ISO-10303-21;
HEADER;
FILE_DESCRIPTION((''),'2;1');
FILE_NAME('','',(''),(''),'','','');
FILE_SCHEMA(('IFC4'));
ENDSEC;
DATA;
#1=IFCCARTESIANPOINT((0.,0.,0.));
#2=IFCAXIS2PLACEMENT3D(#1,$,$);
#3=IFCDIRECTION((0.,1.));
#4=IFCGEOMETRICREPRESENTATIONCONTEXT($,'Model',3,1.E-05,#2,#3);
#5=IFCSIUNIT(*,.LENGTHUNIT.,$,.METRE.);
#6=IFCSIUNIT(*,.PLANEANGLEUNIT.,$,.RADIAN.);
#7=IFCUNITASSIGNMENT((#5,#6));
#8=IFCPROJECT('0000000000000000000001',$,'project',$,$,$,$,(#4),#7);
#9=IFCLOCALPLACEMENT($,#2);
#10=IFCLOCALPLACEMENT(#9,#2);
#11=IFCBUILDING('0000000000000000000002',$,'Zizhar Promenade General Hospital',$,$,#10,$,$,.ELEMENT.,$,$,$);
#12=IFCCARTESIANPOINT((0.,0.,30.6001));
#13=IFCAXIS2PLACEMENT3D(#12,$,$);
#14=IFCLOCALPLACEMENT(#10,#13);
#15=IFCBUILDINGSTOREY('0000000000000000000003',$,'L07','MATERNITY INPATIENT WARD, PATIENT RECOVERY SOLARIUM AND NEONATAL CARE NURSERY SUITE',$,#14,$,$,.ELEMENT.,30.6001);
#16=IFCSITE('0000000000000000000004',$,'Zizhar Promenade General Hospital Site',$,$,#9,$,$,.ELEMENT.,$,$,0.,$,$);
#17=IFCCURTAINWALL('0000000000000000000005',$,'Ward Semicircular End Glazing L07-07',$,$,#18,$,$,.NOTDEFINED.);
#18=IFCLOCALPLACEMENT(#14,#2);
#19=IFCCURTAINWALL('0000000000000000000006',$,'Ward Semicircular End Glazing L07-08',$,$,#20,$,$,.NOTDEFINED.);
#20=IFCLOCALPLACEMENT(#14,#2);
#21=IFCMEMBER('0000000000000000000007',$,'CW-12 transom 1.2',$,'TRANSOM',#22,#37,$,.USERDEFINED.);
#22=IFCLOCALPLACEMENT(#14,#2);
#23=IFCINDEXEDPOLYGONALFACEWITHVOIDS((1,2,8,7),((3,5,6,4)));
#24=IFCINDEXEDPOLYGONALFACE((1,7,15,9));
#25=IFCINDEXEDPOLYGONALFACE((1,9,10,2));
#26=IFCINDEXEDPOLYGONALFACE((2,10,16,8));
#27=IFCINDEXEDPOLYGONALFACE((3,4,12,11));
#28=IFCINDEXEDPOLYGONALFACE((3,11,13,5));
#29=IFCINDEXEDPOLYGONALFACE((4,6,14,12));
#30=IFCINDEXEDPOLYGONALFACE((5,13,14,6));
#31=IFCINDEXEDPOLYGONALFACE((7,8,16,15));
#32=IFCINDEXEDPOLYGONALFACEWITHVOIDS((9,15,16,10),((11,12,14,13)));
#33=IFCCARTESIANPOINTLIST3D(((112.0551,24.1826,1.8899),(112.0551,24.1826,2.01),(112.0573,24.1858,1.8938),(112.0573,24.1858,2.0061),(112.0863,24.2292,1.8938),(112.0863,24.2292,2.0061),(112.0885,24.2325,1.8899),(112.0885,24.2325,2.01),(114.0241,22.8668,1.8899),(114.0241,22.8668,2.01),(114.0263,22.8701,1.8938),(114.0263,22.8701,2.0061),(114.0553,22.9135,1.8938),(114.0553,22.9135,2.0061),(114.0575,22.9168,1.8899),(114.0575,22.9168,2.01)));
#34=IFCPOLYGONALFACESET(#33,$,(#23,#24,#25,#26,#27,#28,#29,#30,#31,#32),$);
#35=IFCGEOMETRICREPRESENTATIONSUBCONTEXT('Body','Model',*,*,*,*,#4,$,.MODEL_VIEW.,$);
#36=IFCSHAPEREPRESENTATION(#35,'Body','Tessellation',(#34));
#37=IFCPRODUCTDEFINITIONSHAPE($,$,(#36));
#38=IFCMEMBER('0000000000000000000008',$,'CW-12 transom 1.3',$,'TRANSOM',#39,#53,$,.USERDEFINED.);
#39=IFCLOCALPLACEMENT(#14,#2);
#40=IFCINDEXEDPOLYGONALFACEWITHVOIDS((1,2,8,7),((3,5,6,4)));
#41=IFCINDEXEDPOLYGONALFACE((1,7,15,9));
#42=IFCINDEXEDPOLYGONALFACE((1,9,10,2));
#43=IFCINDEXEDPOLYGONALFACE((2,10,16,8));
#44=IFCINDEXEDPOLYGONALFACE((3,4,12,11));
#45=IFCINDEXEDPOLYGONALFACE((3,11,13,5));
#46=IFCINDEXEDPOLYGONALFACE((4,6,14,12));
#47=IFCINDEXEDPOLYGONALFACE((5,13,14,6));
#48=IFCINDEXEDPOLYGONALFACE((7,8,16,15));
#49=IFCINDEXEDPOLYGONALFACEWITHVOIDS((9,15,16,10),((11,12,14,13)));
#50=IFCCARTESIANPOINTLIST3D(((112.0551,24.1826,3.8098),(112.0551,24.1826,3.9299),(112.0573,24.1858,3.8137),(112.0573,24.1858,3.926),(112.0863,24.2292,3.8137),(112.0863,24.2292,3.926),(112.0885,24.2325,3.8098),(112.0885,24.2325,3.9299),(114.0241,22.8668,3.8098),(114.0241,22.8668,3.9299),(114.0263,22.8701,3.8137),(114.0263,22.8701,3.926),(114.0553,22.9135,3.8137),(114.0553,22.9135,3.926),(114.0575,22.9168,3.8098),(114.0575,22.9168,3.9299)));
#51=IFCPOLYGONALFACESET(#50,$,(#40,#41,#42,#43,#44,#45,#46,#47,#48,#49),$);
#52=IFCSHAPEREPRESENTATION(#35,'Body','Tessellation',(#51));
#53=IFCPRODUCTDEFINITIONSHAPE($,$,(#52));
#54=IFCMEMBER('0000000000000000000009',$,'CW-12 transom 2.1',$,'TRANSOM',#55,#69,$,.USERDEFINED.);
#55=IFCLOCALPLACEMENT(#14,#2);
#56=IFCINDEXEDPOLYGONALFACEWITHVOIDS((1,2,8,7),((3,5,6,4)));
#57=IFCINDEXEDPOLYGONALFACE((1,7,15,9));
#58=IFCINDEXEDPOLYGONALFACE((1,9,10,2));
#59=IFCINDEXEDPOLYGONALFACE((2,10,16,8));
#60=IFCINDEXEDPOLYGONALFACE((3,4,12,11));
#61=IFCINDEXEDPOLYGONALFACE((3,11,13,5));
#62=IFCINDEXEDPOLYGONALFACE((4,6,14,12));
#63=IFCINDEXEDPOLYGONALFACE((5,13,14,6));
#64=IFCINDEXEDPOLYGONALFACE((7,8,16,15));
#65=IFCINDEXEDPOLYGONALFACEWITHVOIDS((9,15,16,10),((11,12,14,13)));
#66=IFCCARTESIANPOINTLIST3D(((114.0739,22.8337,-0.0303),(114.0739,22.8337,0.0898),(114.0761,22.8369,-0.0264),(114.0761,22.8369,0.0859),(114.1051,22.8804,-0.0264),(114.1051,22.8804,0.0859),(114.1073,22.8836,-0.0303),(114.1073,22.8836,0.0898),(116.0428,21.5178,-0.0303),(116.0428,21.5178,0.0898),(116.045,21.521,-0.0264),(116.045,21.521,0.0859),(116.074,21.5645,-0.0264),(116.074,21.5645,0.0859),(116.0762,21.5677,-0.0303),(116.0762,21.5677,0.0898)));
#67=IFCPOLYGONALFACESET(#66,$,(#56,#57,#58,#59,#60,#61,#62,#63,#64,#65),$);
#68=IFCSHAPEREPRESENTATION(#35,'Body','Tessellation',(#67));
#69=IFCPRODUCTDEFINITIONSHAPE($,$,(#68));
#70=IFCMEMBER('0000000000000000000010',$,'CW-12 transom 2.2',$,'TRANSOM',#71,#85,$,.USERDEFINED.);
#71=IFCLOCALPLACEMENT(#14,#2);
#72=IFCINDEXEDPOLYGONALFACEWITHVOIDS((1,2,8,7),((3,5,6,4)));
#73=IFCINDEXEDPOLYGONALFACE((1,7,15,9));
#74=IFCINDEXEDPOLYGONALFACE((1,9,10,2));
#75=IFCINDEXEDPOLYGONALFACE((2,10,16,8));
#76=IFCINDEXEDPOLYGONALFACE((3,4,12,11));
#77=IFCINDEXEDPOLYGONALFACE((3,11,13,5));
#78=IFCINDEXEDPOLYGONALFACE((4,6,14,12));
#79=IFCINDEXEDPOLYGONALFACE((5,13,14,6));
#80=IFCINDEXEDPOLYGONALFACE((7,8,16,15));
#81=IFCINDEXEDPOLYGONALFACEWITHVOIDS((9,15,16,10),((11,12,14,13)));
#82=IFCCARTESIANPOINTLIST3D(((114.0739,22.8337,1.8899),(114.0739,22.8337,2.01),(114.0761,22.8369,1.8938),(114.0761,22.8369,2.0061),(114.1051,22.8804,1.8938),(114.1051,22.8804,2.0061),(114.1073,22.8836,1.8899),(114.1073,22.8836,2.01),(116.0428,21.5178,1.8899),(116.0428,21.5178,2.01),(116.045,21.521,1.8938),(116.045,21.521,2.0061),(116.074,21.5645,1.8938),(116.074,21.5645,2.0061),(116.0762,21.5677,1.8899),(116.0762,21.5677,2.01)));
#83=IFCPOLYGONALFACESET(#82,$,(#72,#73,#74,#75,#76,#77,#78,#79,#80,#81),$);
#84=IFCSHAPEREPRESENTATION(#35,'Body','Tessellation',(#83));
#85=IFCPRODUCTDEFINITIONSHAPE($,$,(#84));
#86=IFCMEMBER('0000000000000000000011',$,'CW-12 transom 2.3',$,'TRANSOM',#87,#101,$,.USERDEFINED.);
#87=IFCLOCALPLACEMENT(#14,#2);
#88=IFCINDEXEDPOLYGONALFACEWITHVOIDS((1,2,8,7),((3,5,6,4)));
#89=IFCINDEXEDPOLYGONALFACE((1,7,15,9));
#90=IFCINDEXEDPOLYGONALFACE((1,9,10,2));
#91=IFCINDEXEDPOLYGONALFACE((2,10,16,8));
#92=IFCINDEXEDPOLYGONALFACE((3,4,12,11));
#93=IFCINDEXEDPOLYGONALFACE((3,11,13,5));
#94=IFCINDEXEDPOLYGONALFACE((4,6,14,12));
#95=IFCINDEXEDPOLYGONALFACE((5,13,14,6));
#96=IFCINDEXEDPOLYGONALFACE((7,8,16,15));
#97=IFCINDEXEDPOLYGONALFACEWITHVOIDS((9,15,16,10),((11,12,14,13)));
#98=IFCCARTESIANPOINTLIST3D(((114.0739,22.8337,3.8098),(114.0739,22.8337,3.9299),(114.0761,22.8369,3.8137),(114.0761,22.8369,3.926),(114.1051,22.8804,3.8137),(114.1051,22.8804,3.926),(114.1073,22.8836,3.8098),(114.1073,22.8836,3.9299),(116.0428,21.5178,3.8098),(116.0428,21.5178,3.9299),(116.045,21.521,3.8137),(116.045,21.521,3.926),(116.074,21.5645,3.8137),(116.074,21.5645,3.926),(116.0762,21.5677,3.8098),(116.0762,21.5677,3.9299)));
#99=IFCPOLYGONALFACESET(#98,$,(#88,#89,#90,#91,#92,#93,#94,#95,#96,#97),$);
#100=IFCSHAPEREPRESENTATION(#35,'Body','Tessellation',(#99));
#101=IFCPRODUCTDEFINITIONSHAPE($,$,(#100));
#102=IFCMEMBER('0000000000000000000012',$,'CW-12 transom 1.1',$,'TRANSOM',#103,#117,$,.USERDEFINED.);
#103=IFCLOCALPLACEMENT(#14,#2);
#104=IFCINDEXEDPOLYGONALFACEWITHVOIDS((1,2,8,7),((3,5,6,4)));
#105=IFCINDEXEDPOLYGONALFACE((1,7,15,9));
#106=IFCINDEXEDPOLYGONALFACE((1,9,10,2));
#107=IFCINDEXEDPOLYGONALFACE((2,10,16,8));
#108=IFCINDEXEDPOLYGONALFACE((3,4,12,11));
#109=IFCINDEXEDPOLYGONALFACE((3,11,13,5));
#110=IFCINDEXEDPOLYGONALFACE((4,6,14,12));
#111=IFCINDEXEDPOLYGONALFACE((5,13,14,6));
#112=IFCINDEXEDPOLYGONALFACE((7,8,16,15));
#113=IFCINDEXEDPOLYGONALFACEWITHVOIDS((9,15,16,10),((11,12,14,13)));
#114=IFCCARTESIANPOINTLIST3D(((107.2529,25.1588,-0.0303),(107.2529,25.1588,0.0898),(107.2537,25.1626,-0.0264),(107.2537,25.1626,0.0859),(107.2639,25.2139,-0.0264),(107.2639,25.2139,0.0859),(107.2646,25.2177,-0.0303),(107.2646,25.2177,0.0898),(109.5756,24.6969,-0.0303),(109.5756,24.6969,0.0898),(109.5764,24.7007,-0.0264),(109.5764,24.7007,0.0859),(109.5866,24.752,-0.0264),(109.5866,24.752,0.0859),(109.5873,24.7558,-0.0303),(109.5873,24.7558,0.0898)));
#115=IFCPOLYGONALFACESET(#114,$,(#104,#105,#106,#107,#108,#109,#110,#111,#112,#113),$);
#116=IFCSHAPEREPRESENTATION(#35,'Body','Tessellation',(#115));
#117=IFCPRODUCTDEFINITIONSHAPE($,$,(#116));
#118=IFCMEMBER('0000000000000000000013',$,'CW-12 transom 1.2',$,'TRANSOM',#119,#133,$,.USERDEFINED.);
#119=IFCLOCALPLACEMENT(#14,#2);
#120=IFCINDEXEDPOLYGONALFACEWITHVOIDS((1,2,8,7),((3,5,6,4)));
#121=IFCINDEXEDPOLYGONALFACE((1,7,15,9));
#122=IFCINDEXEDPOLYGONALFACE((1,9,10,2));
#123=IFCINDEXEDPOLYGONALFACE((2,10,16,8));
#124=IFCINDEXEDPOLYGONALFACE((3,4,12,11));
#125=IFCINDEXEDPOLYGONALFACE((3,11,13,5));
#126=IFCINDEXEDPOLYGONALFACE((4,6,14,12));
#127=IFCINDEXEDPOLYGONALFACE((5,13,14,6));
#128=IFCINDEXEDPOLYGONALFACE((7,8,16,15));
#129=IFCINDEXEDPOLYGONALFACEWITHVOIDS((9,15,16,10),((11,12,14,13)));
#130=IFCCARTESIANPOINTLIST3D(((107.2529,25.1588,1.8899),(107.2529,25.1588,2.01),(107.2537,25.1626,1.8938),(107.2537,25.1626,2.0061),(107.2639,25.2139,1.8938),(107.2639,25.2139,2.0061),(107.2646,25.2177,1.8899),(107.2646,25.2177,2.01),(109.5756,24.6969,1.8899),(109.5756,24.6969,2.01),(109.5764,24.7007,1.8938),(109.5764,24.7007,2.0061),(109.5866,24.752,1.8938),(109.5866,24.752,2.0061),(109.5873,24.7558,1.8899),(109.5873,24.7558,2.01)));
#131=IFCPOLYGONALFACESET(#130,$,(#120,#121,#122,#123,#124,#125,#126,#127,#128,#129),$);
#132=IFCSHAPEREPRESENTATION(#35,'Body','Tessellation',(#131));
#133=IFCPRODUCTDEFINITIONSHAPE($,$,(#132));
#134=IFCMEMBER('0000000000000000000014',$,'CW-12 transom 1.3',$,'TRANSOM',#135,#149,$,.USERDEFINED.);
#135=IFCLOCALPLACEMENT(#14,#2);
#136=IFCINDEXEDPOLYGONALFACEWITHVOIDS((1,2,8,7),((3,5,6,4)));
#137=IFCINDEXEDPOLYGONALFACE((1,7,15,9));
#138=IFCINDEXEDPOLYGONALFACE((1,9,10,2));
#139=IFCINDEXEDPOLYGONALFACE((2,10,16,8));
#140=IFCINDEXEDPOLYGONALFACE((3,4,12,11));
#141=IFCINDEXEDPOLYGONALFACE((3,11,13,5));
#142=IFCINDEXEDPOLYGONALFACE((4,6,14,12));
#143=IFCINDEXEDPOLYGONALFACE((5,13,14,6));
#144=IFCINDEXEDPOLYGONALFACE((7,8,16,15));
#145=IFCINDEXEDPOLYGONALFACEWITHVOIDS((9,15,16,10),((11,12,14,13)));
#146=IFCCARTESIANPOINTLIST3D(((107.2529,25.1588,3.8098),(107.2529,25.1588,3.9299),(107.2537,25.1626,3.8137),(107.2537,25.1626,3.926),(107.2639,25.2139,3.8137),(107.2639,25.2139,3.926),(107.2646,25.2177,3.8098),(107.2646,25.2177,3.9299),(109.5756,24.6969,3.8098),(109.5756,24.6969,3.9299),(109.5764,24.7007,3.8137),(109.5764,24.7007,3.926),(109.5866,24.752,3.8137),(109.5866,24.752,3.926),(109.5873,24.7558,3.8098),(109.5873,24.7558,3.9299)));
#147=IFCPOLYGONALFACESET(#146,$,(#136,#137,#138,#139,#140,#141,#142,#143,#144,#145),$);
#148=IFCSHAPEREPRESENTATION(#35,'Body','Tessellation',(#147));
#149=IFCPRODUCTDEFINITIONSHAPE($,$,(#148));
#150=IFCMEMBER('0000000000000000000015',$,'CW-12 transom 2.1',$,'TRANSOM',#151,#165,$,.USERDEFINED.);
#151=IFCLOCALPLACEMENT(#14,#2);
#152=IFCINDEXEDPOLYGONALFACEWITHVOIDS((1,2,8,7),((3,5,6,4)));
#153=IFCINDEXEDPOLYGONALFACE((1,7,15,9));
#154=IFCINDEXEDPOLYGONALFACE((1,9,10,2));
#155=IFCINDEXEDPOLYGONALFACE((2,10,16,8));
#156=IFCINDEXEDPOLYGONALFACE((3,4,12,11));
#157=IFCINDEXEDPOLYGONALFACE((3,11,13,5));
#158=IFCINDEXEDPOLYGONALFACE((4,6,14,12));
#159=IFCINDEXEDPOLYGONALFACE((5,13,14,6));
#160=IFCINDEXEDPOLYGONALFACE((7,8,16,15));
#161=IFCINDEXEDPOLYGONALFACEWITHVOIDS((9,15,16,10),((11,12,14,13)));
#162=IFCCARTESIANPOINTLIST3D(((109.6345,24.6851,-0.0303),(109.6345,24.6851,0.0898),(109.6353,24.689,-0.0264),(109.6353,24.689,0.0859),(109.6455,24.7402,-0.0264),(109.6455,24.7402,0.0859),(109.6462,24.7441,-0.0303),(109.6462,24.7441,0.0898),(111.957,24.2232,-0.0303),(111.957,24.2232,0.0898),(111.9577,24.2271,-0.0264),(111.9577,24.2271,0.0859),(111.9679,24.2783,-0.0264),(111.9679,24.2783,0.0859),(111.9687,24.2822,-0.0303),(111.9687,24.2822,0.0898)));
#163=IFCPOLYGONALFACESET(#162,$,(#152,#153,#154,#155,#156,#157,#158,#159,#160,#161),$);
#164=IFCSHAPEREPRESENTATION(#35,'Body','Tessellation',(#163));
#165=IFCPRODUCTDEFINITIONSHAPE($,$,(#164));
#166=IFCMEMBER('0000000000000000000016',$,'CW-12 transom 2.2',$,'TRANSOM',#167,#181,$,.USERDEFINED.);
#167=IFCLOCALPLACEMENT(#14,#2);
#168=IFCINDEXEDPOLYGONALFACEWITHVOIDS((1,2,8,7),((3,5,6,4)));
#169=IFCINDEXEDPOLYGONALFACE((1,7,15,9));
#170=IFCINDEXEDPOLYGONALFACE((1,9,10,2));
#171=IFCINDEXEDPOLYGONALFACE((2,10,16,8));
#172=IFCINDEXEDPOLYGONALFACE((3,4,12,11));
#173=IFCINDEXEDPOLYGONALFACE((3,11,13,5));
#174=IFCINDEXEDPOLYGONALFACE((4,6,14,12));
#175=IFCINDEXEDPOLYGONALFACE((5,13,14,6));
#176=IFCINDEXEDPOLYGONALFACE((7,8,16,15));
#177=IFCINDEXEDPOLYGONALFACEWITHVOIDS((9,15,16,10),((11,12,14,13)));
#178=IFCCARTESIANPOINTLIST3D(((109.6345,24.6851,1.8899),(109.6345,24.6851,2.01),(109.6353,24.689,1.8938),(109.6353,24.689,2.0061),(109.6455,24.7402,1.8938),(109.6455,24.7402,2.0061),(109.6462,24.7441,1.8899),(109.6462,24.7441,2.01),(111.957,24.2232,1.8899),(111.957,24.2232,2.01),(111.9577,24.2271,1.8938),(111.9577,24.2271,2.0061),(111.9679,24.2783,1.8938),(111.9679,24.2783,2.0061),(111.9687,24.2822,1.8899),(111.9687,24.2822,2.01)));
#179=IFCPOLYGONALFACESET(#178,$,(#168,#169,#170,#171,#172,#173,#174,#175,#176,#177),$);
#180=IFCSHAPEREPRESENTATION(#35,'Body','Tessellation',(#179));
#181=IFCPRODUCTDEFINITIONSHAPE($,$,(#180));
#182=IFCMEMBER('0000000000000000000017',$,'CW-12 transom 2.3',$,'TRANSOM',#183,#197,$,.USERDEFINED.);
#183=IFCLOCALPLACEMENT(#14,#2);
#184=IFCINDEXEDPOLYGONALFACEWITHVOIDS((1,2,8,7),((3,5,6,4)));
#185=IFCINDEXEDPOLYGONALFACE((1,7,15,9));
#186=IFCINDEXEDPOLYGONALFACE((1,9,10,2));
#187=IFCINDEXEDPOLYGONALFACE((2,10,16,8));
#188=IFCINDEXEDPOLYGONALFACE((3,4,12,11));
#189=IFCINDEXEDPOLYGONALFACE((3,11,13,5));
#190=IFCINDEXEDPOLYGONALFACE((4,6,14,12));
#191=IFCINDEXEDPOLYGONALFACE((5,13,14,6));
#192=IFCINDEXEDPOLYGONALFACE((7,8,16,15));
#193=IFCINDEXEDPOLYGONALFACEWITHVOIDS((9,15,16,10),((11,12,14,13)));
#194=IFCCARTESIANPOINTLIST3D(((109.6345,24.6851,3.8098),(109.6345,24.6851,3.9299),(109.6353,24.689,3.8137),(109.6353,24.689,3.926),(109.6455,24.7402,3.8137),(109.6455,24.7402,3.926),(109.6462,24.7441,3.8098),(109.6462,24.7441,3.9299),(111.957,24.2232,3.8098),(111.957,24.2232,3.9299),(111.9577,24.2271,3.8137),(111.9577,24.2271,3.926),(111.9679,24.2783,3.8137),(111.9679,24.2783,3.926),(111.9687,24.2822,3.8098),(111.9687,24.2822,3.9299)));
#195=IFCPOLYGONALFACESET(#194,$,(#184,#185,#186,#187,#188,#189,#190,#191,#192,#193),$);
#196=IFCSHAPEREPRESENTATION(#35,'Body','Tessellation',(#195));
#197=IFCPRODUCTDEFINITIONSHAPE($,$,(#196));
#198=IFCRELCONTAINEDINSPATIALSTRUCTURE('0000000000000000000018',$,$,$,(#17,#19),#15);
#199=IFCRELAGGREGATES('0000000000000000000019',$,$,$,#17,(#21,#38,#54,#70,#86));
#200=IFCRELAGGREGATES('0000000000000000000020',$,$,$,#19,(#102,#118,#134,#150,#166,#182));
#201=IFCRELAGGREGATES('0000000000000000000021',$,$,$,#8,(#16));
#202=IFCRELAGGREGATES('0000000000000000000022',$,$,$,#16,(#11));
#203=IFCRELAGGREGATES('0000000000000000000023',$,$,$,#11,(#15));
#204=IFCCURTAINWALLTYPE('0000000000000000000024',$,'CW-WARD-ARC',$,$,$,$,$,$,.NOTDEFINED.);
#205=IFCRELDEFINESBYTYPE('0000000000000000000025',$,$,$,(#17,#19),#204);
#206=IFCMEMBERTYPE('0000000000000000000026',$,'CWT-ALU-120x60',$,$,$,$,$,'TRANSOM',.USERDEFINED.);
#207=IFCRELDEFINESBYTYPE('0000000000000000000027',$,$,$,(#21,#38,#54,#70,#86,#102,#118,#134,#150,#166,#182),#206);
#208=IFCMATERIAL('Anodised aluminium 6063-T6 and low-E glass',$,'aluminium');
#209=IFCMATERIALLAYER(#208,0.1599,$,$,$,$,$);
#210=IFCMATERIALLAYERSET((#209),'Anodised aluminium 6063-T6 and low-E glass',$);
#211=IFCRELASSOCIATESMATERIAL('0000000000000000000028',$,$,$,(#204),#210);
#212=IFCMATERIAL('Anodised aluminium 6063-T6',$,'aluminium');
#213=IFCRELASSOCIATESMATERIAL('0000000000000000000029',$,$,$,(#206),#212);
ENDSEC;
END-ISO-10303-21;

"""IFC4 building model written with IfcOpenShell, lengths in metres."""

from ifc_helpers import new_model, si_unit, direction, frame, origin, origin_2d, place, context, subcontext, project, spatial, hollow_rectangle, extrude, material, layer, layer_set, material_profile, profile_set, type_object, element, aggregate, save


model = new_model("IFC4")

# Units and contexts
model_context = context("Model", 3, precision=1e-05, world=origin(), true_north=direction((0.0, 1.0)))
body_context = subcontext(model_context, "Body", "Model", "MODEL_VIEW")
ifc_project = project(units=[si_unit("LENGTHUNIT", "METRE"), si_unit("PLANEANGLEUNIT", "RADIAN")], contexts=[model_context])

# Site, building, storey
site_placement = place(None, origin())
site = spatial("IfcSite", under=ifc_project, at=site_placement, Name="Zizhar Promenade General Hospital Site", CompositionType="ELEMENT", RefElevation=0.0)
building_placement = place(site_placement, origin())
building = spatial("IfcBuilding", under=site, at=building_placement, Name="Zizhar Promenade General Hospital", CompositionType="ELEMENT")
storey_placement = place(building_placement, frame((0.0, 0.0, 30.6001)))
storey = spatial("IfcBuildingStorey", under=building, at=storey_placement, Name="L07", Description="MATERNITY INPATIENT WARD, PATIENT RECOVERY SOLARIUM AND NEONATAL CARE NURSERY SUITE", CompositionType="ELEMENT", Elevation=30.6001)

# Curtain walls
ifc_material_1 = material(Name="Anodised aluminium 6063-T6 and low-E glass", Category="aluminium")
ifc_layer_1 = layer(ifc_material_1, 0.1599)
ifc_layer_set_1 = layer_set([ifc_layer_1], Name="Anodised aluminium 6063-T6 and low-E glass")
curtain_wall_type_1 = type_object("IfcCurtainWallType", Name="CW-WARD-ARC", PredefinedType="NOTDEFINED", material=ifc_layer_set_1)
curtain_wall_1_placement = place(storey_placement, origin())
curtain_wall_1 = element("IfcCurtainWall", 1, at=curtain_wall_1_placement, inside=storey, type_object=curtain_wall_type_1, Name="Ward Semicircular End Glazing L07-07", PredefinedType="NOTDEFINED")
curtain_wall_2_placement = place(storey_placement, origin())
curtain_wall_2 = element("IfcCurtainWall", 2, at=curtain_wall_2_placement, inside=storey, type_object=curtain_wall_type_1, Name="Ward Semicircular End Glazing L07-08", PredefinedType="NOTDEFINED")

# Members
ifc_material_2 = material(Name="Anodised aluminium 6063-T6", Category="aluminium")
ifc_material_profile_1 = material_profile(ifc_material_2, hollow_rectangle(XDim=0.0601, YDim=0.1201, WallThickness=0.0039, at=origin_2d()))
ifc_profile_set_1 = profile_set([ifc_material_profile_1], Name="Anodised aluminium 6063-T6")
member_type_1 = type_object("IfcMemberType", Name="CWT-ALU-120x60", ElementType="TRANSOM", PredefinedType="USERDEFINED", material=ifc_profile_set_1)
member_1_placement = place(storey_placement, frame((112.0718, 24.2075, 1.95), z_axis=(0.831463, -0.55558, 0.0), x_axis=(0.55558, 0.831463, 0.0)))
member_1 = element("IfcMember", 3, at=member_1_placement, type_object=member_type_1, Name="CW-12 transom 1.2", ObjectType="TRANSOM", PredefinedType="USERDEFINED", context=body_context, shape_type="SweptSolid", body=[
    extrude(hollow_rectangle(XDim=0.0601, YDim=0.1201, WallThickness=0.0039, at=origin_2d()), origin(), (0.0, 0.0, 1.0), 2.3682),
])
member_2_placement = place(storey_placement, frame((112.0718, 24.2075, 3.8699), z_axis=(0.831463, -0.55558, 0.0), x_axis=(0.55558, 0.831463, 0.0)))
member_2 = element("IfcMember", 4, at=member_2_placement, type_object=member_type_1, Name="CW-12 transom 1.3", ObjectType="TRANSOM", PredefinedType="USERDEFINED", context=body_context, shape_type="SweptSolid", body=[
    extrude(hollow_rectangle(XDim=0.0601, YDim=0.1201, WallThickness=0.0039, at=origin_2d()), origin(), (0.0, 0.0, 1.0), 2.3682),
])
member_3_placement = place(storey_placement, frame((114.0906, 22.8586, 0.0298), z_axis=(0.831415, -0.555651, 0.0), x_axis=(0.555651, 0.831415, 0.0)))
member_3 = element("IfcMember", 5, at=member_3_placement, type_object=member_type_1, Name="CW-12 transom 2.1", ObjectType="TRANSOM", PredefinedType="USERDEFINED", context=body_context, shape_type="SweptSolid", body=[
    extrude(hollow_rectangle(XDim=0.0601, YDim=0.1201, WallThickness=0.0039, at=origin_2d()), origin(), (0.0, 0.0, 1.0), 2.3682),
])
member_4_placement = place(storey_placement, frame((114.0906, 22.8586, 1.95), z_axis=(0.831415, -0.555651, 0.0), x_axis=(0.555651, 0.831415, 0.0)))
member_4 = element("IfcMember", 6, at=member_4_placement, type_object=member_type_1, Name="CW-12 transom 2.2", ObjectType="TRANSOM", PredefinedType="USERDEFINED", context=body_context, shape_type="SweptSolid", body=[
    extrude(hollow_rectangle(XDim=0.0601, YDim=0.1201, WallThickness=0.0039, at=origin_2d()), origin(), (0.0, 0.0, 1.0), 2.3682),
])
member_5_placement = place(storey_placement, frame((114.0906, 22.8586, 3.8699), z_axis=(0.831415, -0.555651, 0.0), x_axis=(0.555651, 0.831415, 0.0)))
member_5 = element("IfcMember", 7, at=member_5_placement, type_object=member_type_1, Name="CW-12 transom 2.3", ObjectType="TRANSOM", PredefinedType="USERDEFINED", context=body_context, shape_type="SweptSolid", body=[
    extrude(hollow_rectangle(XDim=0.0601, YDim=0.1201, WallThickness=0.0039, at=origin_2d()), origin(), (0.0, 0.0, 1.0), 2.3682),
])
member_6_placement = place(storey_placement, frame((107.2588, 25.1882, 0.0298), z_axis=(0.980794, -0.195045, 0.0), x_axis=(0.195045, 0.980794, 0.0)))
member_6 = element("IfcMember", 8, at=member_6_placement, type_object=member_type_1, Name="CW-12 transom 1.1", ObjectType="TRANSOM", PredefinedType="USERDEFINED", context=body_context, shape_type="SweptSolid", body=[
    extrude(hollow_rectangle(XDim=0.0601, YDim=0.1201, WallThickness=0.0039, at=origin_2d()), origin(), (0.0, 0.0, 1.0), 2.3682),
])
member_7_placement = place(storey_placement, frame((107.2588, 25.1882, 1.95), z_axis=(0.980794, -0.195045, 0.0), x_axis=(0.195045, 0.980794, 0.0)))
member_7 = element("IfcMember", 9, at=member_7_placement, type_object=member_type_1, Name="CW-12 transom 1.2", ObjectType="TRANSOM", PredefinedType="USERDEFINED", context=body_context, shape_type="SweptSolid", body=[
    extrude(hollow_rectangle(XDim=0.0601, YDim=0.1201, WallThickness=0.0039, at=origin_2d()), origin(), (0.0, 0.0, 1.0), 2.3682),
])
member_8_placement = place(storey_placement, frame((107.2588, 25.1882, 3.8699), z_axis=(0.980794, -0.195045, 0.0), x_axis=(0.195045, 0.980794, 0.0)))
member_8 = element("IfcMember", 10, at=member_8_placement, type_object=member_type_1, Name="CW-12 transom 1.3", ObjectType="TRANSOM", PredefinedType="USERDEFINED", context=body_context, shape_type="SweptSolid", body=[
    extrude(hollow_rectangle(XDim=0.0601, YDim=0.1201, WallThickness=0.0039, at=origin_2d()), origin(), (0.0, 0.0, 1.0), 2.3682),
])
member_9_placement = place(storey_placement, frame((109.6404, 24.7146, 0.0298), z_axis=(0.98079, -0.195065, 0.0), x_axis=(0.195065, 0.98079, 0.0)))
member_9 = element("IfcMember", 11, at=member_9_placement, type_object=member_type_1, Name="CW-12 transom 2.1", ObjectType="TRANSOM", PredefinedType="USERDEFINED", context=body_context, shape_type="SweptSolid", body=[
    extrude(hollow_rectangle(XDim=0.0601, YDim=0.1201, WallThickness=0.0039, at=origin_2d()), origin(), (0.0, 0.0, 1.0), 2.3679),
])
member_10_placement = place(storey_placement, frame((109.6404, 24.7146, 1.95), z_axis=(0.98079, -0.195065, 0.0), x_axis=(0.195065, 0.98079, 0.0)))
member_10 = element("IfcMember", 12, at=member_10_placement, type_object=member_type_1, Name="CW-12 transom 2.2", ObjectType="TRANSOM", PredefinedType="USERDEFINED", context=body_context, shape_type="SweptSolid", body=[
    extrude(hollow_rectangle(XDim=0.0601, YDim=0.1201, WallThickness=0.0039, at=origin_2d()), origin(), (0.0, 0.0, 1.0), 2.3679),
])
member_11_placement = place(storey_placement, frame((109.6404, 24.7146, 3.8699), z_axis=(0.98079, -0.195065, 0.0), x_axis=(0.195065, 0.98079, 0.0)))
member_11 = element("IfcMember", 13, at=member_11_placement, type_object=member_type_1, Name="CW-12 transom 2.3", ObjectType="TRANSOM", PredefinedType="USERDEFINED", context=body_context, shape_type="SweptSolid", body=[
    extrude(hollow_rectangle(XDim=0.0601, YDim=0.1201, WallThickness=0.0039, at=origin_2d()), origin(), (0.0, 0.0, 1.0), 2.3679),
])

aggregate(curtain_wall_1, [member_1, member_2, member_3, member_4, member_5])
aggregate(curtain_wall_2, [member_6, member_7, member_8, member_9, member_10, member_11])

save(model, "model.ifc")
